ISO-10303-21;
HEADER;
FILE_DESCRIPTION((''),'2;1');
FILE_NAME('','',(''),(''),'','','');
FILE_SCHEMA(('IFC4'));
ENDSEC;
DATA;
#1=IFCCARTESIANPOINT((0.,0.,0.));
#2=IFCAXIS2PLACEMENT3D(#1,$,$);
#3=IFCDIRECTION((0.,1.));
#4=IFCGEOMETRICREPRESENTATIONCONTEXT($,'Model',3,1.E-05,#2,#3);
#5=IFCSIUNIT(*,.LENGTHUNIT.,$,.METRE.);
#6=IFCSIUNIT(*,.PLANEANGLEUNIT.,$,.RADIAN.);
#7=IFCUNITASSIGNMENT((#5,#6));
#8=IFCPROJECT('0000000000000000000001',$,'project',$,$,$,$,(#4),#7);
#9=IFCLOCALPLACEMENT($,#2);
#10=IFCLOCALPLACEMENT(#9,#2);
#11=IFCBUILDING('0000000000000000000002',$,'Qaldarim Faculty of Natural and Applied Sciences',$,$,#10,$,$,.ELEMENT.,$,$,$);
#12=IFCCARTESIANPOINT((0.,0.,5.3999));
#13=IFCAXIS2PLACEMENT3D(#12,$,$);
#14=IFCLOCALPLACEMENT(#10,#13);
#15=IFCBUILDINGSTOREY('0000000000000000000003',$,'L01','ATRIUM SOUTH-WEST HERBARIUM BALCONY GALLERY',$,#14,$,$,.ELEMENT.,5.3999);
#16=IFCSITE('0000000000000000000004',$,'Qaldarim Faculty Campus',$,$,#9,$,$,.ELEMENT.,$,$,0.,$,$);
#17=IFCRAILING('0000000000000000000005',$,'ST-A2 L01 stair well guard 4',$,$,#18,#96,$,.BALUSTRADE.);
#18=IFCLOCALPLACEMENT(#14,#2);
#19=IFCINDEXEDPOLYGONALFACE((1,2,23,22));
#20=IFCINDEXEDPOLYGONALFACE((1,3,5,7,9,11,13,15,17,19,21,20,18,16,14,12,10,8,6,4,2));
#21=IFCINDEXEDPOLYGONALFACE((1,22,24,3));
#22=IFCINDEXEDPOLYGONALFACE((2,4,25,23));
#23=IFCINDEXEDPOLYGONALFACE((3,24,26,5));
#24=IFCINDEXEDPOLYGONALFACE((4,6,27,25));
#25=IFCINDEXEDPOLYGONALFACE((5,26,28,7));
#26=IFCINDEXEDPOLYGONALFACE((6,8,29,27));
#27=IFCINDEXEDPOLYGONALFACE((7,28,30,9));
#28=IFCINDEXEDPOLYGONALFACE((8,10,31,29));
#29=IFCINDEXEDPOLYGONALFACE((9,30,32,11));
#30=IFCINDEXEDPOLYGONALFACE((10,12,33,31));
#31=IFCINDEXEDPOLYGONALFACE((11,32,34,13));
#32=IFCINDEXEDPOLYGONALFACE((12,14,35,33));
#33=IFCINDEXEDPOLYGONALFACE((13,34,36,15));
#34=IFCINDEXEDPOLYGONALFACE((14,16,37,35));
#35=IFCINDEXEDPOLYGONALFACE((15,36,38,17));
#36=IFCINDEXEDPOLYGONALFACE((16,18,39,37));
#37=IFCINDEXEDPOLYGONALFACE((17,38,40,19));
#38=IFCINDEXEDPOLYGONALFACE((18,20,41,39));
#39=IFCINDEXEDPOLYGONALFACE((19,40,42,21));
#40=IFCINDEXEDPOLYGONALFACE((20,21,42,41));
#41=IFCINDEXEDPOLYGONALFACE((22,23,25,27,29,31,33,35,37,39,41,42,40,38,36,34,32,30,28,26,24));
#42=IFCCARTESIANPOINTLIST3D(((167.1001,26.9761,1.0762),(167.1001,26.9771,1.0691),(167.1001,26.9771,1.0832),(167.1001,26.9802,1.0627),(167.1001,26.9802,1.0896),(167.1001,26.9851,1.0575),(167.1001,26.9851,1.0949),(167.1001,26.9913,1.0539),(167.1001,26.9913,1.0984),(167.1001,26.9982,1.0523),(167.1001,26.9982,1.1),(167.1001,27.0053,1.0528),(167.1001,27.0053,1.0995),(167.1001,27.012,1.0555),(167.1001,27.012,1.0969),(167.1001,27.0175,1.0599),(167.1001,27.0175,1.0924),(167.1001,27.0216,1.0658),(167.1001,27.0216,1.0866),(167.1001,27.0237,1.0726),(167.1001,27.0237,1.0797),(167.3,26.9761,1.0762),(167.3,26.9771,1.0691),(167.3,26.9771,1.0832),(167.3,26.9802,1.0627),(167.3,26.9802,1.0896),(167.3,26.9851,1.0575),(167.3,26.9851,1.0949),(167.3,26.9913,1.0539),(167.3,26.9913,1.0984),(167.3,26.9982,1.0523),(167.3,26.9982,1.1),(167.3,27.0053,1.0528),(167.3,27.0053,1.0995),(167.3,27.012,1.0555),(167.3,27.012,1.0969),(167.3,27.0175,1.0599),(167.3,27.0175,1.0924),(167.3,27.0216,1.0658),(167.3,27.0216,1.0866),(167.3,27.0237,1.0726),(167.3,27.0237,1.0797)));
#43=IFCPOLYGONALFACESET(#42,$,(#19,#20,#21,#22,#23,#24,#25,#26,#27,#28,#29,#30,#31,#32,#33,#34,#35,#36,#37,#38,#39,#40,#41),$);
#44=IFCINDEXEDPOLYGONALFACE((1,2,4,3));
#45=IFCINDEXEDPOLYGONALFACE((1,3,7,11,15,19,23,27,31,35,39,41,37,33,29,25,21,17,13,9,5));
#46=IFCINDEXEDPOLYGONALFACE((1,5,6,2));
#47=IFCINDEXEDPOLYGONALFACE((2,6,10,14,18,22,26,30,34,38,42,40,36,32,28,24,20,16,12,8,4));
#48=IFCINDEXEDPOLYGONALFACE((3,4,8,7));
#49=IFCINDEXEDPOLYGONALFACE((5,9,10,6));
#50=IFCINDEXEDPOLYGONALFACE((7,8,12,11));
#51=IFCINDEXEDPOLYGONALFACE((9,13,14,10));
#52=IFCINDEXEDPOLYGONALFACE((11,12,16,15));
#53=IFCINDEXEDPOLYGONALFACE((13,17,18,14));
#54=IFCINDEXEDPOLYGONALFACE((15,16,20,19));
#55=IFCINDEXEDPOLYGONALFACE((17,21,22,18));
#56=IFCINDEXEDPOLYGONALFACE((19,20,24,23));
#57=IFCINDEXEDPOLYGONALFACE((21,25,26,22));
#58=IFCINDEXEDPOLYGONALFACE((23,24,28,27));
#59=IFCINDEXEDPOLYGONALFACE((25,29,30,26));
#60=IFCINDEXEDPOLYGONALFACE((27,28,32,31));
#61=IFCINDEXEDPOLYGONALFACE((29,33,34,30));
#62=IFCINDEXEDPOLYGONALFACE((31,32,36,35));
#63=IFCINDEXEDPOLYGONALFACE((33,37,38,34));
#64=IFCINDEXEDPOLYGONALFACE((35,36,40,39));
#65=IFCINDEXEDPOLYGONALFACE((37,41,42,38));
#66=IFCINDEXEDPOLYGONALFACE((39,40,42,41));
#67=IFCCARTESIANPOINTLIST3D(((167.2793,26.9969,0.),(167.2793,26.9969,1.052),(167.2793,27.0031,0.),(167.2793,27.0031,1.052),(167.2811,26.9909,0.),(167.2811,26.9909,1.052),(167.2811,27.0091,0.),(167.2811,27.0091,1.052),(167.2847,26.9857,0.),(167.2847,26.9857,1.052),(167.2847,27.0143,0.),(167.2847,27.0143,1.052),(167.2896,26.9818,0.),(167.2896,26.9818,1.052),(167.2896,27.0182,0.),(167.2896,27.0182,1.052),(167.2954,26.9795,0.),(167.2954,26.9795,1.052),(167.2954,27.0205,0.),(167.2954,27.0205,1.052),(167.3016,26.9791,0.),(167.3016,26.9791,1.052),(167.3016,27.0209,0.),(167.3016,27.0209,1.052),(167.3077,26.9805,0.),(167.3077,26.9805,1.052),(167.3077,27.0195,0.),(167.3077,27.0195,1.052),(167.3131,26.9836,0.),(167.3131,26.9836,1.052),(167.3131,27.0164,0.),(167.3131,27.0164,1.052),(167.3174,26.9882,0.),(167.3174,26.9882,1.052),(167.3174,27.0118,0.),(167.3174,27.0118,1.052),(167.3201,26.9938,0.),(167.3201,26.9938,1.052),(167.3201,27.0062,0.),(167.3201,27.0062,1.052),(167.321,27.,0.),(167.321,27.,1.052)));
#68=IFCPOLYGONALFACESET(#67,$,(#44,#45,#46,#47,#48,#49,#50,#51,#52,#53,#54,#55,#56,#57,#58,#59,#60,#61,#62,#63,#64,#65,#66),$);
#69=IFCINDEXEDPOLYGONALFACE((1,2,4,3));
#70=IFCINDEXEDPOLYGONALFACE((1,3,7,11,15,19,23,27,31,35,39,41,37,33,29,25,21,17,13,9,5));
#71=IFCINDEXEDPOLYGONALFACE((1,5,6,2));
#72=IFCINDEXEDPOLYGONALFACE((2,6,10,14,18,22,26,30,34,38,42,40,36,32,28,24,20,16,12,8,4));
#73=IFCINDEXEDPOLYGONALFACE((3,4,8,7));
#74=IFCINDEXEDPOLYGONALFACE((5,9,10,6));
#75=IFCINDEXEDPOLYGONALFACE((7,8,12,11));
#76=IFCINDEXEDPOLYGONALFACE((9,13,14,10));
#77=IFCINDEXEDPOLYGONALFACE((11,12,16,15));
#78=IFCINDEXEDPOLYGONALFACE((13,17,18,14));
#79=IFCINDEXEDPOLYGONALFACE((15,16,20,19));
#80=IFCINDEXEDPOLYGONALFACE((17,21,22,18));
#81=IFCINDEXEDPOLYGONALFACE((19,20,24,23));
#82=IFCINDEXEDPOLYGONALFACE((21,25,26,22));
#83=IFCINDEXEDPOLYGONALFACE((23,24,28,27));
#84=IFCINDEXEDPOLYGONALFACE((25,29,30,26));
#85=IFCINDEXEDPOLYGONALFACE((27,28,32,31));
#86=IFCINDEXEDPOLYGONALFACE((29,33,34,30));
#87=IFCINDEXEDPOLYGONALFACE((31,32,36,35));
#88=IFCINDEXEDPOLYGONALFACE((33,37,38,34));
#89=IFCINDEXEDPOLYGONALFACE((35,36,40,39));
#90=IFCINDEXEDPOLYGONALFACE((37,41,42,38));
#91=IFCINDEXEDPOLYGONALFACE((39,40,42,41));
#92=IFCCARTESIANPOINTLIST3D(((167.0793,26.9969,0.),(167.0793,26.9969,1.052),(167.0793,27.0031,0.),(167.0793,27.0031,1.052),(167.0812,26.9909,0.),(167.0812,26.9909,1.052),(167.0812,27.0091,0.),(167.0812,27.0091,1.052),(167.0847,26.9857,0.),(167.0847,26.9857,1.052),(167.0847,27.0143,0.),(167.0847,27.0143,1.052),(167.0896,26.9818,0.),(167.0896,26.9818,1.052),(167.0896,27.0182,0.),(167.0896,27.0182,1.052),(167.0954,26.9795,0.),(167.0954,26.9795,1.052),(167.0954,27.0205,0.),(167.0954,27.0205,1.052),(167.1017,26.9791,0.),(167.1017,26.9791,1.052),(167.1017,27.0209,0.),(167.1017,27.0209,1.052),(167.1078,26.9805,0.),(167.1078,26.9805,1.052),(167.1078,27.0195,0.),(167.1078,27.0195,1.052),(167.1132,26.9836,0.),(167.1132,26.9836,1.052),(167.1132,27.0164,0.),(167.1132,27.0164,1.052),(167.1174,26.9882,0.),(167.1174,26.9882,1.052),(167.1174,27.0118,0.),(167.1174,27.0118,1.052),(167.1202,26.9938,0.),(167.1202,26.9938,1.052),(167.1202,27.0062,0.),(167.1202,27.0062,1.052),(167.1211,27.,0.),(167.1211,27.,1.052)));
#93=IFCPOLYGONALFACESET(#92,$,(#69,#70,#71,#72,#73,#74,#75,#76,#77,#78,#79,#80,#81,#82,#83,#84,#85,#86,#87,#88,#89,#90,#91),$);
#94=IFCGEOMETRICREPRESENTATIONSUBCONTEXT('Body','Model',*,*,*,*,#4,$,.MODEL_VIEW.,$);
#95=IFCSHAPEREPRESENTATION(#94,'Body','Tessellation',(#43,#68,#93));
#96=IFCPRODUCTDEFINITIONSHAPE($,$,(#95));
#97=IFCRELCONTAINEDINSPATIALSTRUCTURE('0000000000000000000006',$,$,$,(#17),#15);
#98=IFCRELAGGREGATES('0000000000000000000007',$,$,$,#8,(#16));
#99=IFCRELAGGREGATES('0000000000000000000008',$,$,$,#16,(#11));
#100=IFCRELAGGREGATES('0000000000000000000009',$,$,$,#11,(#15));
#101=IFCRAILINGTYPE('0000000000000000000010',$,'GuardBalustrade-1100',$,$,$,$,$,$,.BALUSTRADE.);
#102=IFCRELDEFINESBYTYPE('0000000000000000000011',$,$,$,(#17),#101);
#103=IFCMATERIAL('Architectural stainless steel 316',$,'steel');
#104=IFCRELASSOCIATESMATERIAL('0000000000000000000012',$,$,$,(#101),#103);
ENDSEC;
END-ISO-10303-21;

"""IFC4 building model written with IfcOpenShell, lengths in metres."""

from ifc_helpers import new_model, si_unit, direction, frame, origin, origin_2d, place, context, subcontext, project, spatial, circle, extrude, material, type_object, element, save


model = new_model("IFC4")

# Units and contexts
model_context = context("Model", 3, precision=1e-05, world=origin(), true_north=direction((0.0, 1.0)))
body_context = subcontext(model_context, "Body", "Model", "MODEL_VIEW")
ifc_project = project(units=[si_unit("LENGTHUNIT", "METRE"), si_unit("PLANEANGLEUNIT", "RADIAN")], contexts=[model_context])

# Site, building, storey
site_placement = place(None, origin())
site = spatial("IfcSite", under=ifc_project, at=site_placement, Name="Qaldarim Faculty Campus", CompositionType="ELEMENT", RefElevation=0.0)
building_placement = place(site_placement, origin())
building = spatial("IfcBuilding", under=site, at=building_placement, Name="Qaldarim Faculty of Natural and Applied Sciences", CompositionType="ELEMENT")
storey_placement = place(building_placement, frame((0.0, 0.0, 5.3999)))
storey = spatial("IfcBuildingStorey", under=building, at=storey_placement, Name="L01", Description="ATRIUM SOUTH-WEST HERBARIUM BALCONY GALLERY", CompositionType="ELEMENT", Elevation=5.3999)

# Shared definitions
ifc_material_1 = material(Name="Architectural stainless steel 316", Category="steel")

# Railing
railing_type_1 = type_object("IfcRailingType", Name="GuardBalustrade-1100", PredefinedType="BALUSTRADE", material=ifc_material_1)
railing_1_placement = place(storey_placement, frame((167.3, 27.0, 0.0)))
element("IfcRailing", 1, at=railing_1_placement, inside=storey, type_object=railing_type_1, Name="ST-A2 L01 stair well guard 4", PredefinedType="BALUSTRADE", context=body_context, shape_type="SweptSolid", body=[
    extrude(circle(Radius=0.0239, at=origin_2d()), frame((0.0, 0.0, 1.0762), z_axis=(-1.0, 0.0, 0.0), x_axis=(0.0, -1.0, 0.0)), (0.0, 0.0, 1.0), 0.2),
    extrude(circle(Radius=0.021, at=origin_2d()), origin(), (0.0, 0.0, 1.0), 1.052),
    extrude(circle(Radius=0.021, at=origin_2d()), frame((-0.2, 0.0, 0.0)), (0.0, 0.0, 1.0), 1.052),
])

save(model, "model.ifc")
